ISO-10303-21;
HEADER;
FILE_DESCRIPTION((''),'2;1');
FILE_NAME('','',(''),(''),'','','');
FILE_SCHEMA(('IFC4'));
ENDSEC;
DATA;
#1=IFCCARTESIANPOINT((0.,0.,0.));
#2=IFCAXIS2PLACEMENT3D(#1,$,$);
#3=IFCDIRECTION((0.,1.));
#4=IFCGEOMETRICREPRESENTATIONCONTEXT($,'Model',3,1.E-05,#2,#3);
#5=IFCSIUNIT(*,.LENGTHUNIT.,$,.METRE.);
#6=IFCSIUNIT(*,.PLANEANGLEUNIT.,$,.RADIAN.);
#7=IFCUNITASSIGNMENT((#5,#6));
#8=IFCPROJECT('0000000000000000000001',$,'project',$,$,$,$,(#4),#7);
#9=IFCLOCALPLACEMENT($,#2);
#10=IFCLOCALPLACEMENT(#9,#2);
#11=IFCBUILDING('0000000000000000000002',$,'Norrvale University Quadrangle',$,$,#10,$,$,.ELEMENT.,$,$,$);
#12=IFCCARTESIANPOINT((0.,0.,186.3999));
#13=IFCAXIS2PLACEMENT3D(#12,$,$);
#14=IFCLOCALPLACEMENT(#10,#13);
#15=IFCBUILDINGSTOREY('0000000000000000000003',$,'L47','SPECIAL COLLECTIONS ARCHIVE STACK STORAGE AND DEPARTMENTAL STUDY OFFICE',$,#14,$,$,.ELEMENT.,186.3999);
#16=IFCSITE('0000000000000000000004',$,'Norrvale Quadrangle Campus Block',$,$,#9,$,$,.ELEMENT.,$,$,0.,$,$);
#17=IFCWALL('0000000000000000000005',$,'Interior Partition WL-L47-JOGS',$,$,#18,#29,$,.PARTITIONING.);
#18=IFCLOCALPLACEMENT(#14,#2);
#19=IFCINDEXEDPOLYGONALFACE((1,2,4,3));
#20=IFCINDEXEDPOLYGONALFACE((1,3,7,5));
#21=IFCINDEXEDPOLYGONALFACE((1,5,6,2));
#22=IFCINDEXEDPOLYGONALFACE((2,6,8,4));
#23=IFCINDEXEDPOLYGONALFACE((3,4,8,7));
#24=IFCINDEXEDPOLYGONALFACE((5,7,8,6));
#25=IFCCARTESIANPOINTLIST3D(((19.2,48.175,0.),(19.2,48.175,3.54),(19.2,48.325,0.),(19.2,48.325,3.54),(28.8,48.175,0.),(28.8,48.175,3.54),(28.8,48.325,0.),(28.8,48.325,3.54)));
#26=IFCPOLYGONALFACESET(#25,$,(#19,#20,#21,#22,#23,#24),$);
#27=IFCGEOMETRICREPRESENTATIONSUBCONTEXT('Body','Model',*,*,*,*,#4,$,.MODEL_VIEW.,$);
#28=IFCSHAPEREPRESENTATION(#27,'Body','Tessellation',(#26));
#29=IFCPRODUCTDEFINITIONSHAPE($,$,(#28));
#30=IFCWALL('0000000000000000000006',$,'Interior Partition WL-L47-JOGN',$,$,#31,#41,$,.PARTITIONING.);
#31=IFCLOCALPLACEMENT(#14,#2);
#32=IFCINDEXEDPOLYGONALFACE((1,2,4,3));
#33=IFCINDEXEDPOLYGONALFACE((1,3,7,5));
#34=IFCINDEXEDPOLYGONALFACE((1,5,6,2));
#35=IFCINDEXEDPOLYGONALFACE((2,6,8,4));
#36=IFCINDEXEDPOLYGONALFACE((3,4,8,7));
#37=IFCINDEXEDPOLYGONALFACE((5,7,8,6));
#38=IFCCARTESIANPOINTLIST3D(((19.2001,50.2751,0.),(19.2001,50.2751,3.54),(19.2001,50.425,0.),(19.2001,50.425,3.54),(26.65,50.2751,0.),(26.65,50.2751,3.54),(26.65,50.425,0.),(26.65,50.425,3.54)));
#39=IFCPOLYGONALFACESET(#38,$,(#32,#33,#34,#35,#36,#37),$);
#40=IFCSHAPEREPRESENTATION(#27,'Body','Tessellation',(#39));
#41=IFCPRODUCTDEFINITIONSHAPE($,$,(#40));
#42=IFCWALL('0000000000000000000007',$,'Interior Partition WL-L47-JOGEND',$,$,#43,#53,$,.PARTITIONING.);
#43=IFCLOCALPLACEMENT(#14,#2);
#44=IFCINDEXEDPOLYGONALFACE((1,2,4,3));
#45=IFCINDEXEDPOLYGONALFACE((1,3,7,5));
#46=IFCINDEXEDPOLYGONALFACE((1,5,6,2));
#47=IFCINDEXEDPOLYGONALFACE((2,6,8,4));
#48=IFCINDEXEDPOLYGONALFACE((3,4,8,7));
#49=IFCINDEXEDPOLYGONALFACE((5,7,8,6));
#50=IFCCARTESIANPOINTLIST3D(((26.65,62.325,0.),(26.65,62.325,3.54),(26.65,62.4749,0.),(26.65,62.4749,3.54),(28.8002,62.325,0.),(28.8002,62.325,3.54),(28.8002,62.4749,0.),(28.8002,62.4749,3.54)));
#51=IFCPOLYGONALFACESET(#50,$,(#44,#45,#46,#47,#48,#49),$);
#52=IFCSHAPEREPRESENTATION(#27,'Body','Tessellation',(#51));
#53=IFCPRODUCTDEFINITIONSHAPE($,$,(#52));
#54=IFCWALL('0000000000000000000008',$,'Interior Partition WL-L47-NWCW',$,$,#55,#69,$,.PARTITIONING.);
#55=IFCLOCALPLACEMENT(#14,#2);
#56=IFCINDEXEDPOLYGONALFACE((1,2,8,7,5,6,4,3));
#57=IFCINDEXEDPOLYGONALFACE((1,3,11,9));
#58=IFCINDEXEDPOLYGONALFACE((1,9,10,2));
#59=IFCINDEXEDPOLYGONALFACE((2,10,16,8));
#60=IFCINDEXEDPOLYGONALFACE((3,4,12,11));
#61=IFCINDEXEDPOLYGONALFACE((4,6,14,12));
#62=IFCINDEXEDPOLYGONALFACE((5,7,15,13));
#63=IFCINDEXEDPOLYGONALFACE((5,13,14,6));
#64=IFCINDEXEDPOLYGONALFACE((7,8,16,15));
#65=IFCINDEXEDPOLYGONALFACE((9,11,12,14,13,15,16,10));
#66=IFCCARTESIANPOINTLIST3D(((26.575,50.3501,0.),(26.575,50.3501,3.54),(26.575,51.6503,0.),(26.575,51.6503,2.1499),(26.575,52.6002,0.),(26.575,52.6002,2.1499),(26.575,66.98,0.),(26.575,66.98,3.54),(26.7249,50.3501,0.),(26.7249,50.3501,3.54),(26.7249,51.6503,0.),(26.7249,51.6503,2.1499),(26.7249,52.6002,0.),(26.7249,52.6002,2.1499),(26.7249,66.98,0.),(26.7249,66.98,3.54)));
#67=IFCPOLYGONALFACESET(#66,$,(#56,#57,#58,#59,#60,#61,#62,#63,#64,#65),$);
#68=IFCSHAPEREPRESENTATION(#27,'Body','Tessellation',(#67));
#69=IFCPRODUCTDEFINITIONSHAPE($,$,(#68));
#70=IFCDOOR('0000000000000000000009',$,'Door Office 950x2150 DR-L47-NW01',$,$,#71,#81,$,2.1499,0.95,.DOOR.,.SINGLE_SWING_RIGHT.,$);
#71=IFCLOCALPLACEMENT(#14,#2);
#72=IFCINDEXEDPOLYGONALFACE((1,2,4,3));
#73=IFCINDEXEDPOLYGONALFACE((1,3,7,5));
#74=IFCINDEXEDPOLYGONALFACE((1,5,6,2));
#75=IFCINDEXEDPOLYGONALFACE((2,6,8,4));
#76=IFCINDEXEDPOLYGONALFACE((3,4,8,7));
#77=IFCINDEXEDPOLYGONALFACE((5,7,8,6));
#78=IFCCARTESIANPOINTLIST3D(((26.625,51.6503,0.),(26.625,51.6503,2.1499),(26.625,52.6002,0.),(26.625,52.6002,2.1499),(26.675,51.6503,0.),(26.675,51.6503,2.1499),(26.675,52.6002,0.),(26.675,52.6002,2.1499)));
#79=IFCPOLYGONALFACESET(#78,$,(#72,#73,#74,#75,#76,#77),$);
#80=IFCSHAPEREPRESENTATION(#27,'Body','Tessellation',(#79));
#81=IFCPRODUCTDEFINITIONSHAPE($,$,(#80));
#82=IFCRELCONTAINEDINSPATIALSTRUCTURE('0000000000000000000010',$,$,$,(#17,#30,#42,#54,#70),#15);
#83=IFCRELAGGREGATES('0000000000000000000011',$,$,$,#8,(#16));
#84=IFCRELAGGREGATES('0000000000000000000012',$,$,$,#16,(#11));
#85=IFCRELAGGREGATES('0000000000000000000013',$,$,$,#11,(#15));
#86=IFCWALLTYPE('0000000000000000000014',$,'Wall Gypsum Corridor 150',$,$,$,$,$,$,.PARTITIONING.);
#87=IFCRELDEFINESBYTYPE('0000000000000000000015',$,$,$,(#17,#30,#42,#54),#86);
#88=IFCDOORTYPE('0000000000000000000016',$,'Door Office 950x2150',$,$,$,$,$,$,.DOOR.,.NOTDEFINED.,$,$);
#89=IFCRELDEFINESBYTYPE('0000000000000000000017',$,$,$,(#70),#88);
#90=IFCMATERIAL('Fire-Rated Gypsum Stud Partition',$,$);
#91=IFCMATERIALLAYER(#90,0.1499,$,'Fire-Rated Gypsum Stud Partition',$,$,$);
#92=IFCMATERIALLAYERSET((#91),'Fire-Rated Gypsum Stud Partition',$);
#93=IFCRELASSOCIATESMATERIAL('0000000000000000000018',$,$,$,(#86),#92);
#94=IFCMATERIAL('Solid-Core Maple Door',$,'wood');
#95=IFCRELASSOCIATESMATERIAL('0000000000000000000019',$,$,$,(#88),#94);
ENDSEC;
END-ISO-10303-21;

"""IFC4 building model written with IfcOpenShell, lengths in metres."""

from ifc_helpers import new_model, si_unit, direction, frame, frame_2d, origin, place, context, subcontext, project, spatial, rectangle, extrude, material, layer, layer_set, type_object, element, fill, save


model = new_model("IFC4")

# Units and contexts
model_context = context("Model", 3, precision=1e-05, world=origin(), true_north=direction((0.0, 1.0)))
body_context = subcontext(model_context, "Body", "Model", "MODEL_VIEW")
ifc_project = project(units=[si_unit("LENGTHUNIT", "METRE"), si_unit("PLANEANGLEUNIT", "RADIAN")], contexts=[model_context])

# Site, building, storey
site_placement = place(None, origin())
site = spatial("IfcSite", under=ifc_project, at=site_placement, Name="Norrvale Quadrangle Campus Block", CompositionType="ELEMENT", RefElevation=0.0)
building_placement = place(site_placement, origin())
building = spatial("IfcBuilding", under=site, at=building_placement, Name="Norrvale University Quadrangle", CompositionType="ELEMENT")
storey_placement = place(building_placement, frame((0.0, 0.0, 186.3999)))
storey = spatial("IfcBuildingStorey", under=building, at=storey_placement, Name="L47", Description="SPECIAL COLLECTIONS ARCHIVE STACK STORAGE AND DEPARTMENTAL STUDY OFFICE", CompositionType="ELEMENT", Elevation=186.3999)

# Shared definitions
ifc_material_1 = material(Name="Fire-Rated Gypsum Stud Partition")
ifc_layer_1 = layer(ifc_material_1, 0.1499, Name="Fire-Rated Gypsum Stud Partition")
ifc_layer_set_1 = layer_set([ifc_layer_1], Name="Fire-Rated Gypsum Stud Partition")
wall_type_1 = type_object("IfcWallType", Name="Wall Gypsum Corridor 150", PredefinedType="PARTITIONING", material=ifc_layer_set_1)
ifc_material_2 = material(Name="Solid-Core Maple Door", Category="wood")
door_type = type_object("IfcDoorType", Name="Door Office 950x2150", OperationType="NOTDEFINED", PredefinedType="DOOR", material=ifc_material_2)

# Walls
wall_1_placement = place(storey_placement, frame((19.2, 48.25, 0.0), z_axis=(0.0, 0.0, 1.0), x_axis=(1.0, 0.0, 0.0)))
element("IfcWall", 1, at=wall_1_placement, inside=storey, type_object=wall_type_1, Name="Interior Partition WL-L47-JOGS", PredefinedType="PARTITIONING", context=body_context, shape_type="SweptSolid", body=[
    extrude(rectangle(XDim=9.6001, YDim=0.1499, at=frame_2d((4.8, 0.0))), origin(), (0.0, 0.0, 1.0), 3.54),
])
wall_2_placement = place(storey_placement, frame((19.2, 50.3501, 0.0), z_axis=(0.0, 0.0, 1.0), x_axis=(1.0, 0.0, 0.0)))
element("IfcWall", 2, at=wall_2_placement, inside=storey, type_object=wall_type_1, Name="Interior Partition WL-L47-JOGN", PredefinedType="PARTITIONING", context=body_context, shape_type="SweptSolid", body=[
    extrude(rectangle(XDim=7.45, YDim=0.1499, at=frame_2d((3.7251, 0.0))), origin(), (0.0, 0.0, 1.0), 3.54),
])
wall_3_placement = place(storey_placement, frame((26.6499, 62.3999, 0.0), z_axis=(0.0, 0.0, 1.0), x_axis=(1.0, 0.0, 0.0)))
element("IfcWall", 3, at=wall_3_placement, inside=storey, type_object=wall_type_1, Name="Interior Partition WL-L47-JOGEND", PredefinedType="PARTITIONING", context=body_context, shape_type="SweptSolid", body=[
    extrude(rectangle(XDim=2.1501, YDim=0.1499, at=frame_2d((1.0752, 0.0))), origin(), (0.0, 0.0, 1.0), 3.54),
])

# Wall, opening, door
wall_4_placement = place(storey_placement, frame((26.6499, 50.3501, 0.0), z_axis=(0.0, 0.0, 1.0), x_axis=(0.0, 1.0, 0.0)))
wall_4 = element("IfcWall", 4, at=wall_4_placement, inside=storey, type_object=wall_type_1, Name="Interior Partition WL-L47-NWCW", PredefinedType="PARTITIONING", context=body_context, shape_type="SweptSolid", body=[
    extrude(rectangle(XDim=16.6299, YDim=0.1499, at=frame_2d((8.3149, 0.0))), origin(), (0.0, 0.0, 1.0), 3.54),
])
opening_1_placement = place(wall_4_placement, frame((1.3, 0.0, 0.0)))
opening_1 = element("IfcOpeningElement", 5, at=opening_1_placement, cuts=wall_4, PredefinedType="OPENING", context=body_context, shape_type="SweptSolid", body=[
    extrude(rectangle(XDim=0.95, YDim=2.1499, at=frame_2d((0.4751, 1.075))), frame((0.0, 0.0869, 0.0), z_axis=(0.0, -1.0, 0.0), x_axis=(1.0, 0.0, 0.0)), (0.0, 0.0, 1.0), 0.1738),
])
door_1_placement = place(opening_1_placement, origin())
door_1 = element("IfcDoor", 6, at=door_1_placement, inside=storey, type_object=door_type, Name="Door Office 950x2150 DR-L47-NW01", OperationType="SINGLE_SWING_RIGHT", OverallHeight=2.1499, OverallWidth=0.95, PredefinedType="DOOR", context=body_context, shape_type="SweptSolid", body=[
    extrude(rectangle(XDim=0.95, YDim=2.1499, at=frame_2d((0.4751, 1.075))), frame((0.0, 0.0249, 0.0), z_axis=(0.0, -1.0, 0.0), x_axis=(1.0, 0.0, 0.0)), (0.0, 0.0, 1.0), 0.05),
])
fill(opening_1, door_1)

save(model, "model.ifc")
